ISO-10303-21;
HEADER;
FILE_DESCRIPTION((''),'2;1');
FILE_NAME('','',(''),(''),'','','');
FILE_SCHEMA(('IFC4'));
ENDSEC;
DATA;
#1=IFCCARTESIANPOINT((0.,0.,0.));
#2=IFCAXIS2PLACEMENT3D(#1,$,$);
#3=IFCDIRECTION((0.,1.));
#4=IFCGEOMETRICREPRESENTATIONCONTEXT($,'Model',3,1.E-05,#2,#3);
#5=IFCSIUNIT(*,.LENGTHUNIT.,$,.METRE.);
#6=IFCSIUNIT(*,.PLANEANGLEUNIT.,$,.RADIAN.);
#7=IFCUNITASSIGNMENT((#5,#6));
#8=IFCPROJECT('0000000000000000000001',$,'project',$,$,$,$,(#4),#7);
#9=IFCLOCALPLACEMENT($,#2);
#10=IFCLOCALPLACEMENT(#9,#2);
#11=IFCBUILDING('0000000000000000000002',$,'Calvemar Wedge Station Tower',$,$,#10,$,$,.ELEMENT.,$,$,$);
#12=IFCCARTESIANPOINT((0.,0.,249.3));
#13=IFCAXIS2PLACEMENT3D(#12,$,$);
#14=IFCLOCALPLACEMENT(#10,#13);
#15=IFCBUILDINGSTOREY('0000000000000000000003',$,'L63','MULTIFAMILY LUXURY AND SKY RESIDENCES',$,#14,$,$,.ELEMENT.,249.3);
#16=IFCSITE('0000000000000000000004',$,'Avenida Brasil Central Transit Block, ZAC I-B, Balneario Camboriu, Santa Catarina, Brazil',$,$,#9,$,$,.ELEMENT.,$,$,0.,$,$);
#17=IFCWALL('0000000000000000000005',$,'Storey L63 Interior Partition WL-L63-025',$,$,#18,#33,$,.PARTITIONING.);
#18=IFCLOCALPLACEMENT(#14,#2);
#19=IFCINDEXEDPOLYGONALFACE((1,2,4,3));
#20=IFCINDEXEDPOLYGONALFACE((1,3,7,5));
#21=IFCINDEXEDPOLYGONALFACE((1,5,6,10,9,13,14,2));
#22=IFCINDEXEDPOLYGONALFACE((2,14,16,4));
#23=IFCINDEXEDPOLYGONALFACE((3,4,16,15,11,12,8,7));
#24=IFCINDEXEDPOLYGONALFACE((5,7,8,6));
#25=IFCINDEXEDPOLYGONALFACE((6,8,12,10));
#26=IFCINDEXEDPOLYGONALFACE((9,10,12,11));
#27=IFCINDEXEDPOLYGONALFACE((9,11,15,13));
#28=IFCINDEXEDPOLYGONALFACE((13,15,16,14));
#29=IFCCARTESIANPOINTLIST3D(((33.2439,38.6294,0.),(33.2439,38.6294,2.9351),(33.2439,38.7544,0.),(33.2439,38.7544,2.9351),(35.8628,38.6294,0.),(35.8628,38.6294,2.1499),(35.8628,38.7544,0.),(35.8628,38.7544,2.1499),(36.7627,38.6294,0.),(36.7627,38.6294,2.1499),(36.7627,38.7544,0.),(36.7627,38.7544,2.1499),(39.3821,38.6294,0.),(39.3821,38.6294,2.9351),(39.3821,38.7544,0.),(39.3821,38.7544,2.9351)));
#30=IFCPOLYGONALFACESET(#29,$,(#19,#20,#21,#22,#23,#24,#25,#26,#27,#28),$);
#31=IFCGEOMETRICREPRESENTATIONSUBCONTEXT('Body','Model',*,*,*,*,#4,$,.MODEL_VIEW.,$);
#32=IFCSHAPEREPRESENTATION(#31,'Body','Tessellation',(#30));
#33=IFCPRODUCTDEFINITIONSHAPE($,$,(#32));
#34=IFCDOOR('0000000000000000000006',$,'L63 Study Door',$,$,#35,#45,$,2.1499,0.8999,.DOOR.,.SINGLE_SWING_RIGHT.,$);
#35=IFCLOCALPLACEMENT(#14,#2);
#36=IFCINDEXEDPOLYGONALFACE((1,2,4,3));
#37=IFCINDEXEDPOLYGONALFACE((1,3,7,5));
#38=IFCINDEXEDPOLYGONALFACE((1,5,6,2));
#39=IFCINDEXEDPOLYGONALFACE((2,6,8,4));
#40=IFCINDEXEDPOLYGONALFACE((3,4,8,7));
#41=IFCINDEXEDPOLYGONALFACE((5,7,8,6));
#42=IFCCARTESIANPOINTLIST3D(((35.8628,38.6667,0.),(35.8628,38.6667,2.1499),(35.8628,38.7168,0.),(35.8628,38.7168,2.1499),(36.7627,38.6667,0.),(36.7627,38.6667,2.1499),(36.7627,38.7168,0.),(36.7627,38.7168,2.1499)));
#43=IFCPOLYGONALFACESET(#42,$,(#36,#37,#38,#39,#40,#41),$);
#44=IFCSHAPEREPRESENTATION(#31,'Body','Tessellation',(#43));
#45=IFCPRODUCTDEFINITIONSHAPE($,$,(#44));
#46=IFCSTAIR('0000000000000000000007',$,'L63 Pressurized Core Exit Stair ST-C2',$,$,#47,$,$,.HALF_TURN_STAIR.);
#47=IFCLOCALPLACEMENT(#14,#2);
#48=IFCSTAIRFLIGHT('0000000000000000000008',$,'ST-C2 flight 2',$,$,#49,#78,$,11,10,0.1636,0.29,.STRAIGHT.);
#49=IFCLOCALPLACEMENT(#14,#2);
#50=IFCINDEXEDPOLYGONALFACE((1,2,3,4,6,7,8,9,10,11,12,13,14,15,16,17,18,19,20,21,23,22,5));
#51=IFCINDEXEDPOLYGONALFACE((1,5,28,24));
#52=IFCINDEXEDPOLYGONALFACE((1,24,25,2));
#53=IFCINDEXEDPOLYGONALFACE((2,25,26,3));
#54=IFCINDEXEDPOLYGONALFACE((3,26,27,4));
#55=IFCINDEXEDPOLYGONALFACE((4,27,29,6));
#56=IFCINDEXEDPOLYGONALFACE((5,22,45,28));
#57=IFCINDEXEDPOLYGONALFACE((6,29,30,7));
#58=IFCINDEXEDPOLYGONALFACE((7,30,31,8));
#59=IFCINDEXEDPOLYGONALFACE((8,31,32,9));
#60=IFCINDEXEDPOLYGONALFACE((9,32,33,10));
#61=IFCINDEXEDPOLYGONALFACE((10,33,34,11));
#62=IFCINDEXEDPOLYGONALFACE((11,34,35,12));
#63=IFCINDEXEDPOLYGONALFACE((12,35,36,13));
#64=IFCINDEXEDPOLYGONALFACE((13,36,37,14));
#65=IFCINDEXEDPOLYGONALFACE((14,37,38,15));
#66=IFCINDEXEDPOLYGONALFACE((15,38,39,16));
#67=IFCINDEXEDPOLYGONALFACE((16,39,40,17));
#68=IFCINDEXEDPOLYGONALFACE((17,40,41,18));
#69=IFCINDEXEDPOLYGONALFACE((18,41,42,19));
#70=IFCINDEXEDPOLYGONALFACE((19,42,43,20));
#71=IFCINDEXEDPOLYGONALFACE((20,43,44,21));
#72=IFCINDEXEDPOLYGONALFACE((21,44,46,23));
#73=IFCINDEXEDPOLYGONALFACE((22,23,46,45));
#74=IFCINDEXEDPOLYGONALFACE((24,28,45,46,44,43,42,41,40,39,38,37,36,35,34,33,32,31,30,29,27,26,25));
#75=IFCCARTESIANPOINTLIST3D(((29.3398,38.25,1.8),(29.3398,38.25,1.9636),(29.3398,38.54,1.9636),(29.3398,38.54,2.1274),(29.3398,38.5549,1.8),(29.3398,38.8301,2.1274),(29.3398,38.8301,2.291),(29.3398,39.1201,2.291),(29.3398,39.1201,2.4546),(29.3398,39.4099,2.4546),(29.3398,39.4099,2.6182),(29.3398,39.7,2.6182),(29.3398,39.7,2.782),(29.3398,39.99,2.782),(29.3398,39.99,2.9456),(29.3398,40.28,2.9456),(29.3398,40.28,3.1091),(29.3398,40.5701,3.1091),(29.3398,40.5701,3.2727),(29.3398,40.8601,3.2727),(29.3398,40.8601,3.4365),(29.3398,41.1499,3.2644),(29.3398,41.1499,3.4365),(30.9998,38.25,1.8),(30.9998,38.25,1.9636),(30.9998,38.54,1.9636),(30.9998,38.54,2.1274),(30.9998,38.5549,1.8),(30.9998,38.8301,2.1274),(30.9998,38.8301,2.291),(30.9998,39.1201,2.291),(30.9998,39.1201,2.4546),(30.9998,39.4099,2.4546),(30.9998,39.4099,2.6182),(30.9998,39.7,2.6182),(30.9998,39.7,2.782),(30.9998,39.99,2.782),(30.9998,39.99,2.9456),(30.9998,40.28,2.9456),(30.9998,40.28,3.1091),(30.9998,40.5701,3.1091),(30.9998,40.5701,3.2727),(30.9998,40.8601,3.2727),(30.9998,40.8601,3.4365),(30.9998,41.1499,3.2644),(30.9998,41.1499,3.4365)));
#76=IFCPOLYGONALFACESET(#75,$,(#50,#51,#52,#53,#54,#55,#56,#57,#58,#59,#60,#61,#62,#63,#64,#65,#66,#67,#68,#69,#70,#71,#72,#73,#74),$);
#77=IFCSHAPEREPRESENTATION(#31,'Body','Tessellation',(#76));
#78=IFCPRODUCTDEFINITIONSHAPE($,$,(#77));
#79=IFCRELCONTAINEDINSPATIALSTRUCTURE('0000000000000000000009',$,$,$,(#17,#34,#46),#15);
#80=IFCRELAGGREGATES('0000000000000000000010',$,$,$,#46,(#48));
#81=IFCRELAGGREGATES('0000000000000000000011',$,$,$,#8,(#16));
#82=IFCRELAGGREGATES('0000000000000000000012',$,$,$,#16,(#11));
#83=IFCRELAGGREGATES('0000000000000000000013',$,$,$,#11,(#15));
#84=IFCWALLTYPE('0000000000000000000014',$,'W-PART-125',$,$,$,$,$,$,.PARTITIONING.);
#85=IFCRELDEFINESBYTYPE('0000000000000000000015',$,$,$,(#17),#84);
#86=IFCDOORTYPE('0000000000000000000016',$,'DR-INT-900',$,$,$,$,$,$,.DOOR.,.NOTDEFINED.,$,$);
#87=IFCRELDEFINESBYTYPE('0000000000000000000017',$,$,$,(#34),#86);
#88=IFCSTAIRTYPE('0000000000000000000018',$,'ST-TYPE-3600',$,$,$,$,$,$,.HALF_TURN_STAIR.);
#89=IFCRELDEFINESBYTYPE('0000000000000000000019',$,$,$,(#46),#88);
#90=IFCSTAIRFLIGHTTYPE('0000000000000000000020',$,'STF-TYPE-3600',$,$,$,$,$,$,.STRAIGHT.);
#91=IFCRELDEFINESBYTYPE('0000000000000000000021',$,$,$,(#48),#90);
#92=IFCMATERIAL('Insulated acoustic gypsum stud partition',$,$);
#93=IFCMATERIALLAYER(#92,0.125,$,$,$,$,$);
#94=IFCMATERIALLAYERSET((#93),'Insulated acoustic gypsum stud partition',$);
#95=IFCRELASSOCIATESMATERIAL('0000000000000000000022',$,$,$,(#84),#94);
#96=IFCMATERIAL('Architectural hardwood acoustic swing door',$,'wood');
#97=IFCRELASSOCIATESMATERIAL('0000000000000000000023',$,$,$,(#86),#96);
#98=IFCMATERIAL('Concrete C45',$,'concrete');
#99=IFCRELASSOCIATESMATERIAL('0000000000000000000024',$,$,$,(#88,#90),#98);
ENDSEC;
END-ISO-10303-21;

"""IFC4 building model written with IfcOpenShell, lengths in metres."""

from ifc_helpers import new_model, si_unit, direction, frame, frame_2d, origin, place, context, subcontext, project, spatial, polyline, rectangle, outline, extrude, source, transform, mapped, material, layer, layer_set, type_object, element, fill, aggregate, save


model = new_model("IFC4")

# Units and contexts
model_context = context("Model", 3, precision=1e-05, world=origin(), true_north=direction((0.0, 1.0)))
body_context = subcontext(model_context, "Body", "Model", "MODEL_VIEW")
ifc_project = project(units=[si_unit("LENGTHUNIT", "METRE"), si_unit("PLANEANGLEUNIT", "RADIAN")], contexts=[model_context])

# Site, building, storey
site_placement = place(None, origin())
site = spatial("IfcSite", under=ifc_project, at=site_placement, Name="Avenida Brasil Central Transit Block, ZAC I-B, Balneario Camboriu, Santa Catarina, Brazil", CompositionType="ELEMENT", RefElevation=0.0)
building_placement = place(site_placement, origin())
building = spatial("IfcBuilding", under=site, at=building_placement, Name="Calvemar Wedge Station Tower", CompositionType="ELEMENT")
storey_placement = place(building_placement, frame((0.0, 0.0, 249.3)))
storey = spatial("IfcBuildingStorey", under=building, at=storey_placement, Name="L63", Description="MULTIFAMILY LUXURY AND SKY RESIDENCES", CompositionType="ELEMENT", Elevation=249.3)

# Wall, opening, door
ifc_material_1 = material(Name="Insulated acoustic gypsum stud partition")
ifc_layer_1 = layer(ifc_material_1, 0.125)
ifc_layer_set_1 = layer_set([ifc_layer_1], Name="Insulated acoustic gypsum stud partition")
wall_type_1 = type_object("IfcWallType", Name="W-PART-125", PredefinedType="PARTITIONING", material=ifc_layer_set_1)
wall_1_placement = place(storey_placement, frame((33.2439, 38.6919, 0.0), z_axis=(0.0, 0.0, 1.0), x_axis=(1.0, 0.0, 0.0)))
wall_1 = element("IfcWall", 1, at=wall_1_placement, inside=storey, type_object=wall_type_1, Name="Storey L63 Interior Partition WL-L63-025", PredefinedType="PARTITIONING", context=body_context, shape_type="SweptSolid", body=[
    extrude(rectangle(XDim=6.1382, YDim=0.125, at=frame_2d((3.0691, 0.0))), origin(), (0.0, 0.0, 1.0), 2.9351),
])
shared_shape_1 = source(origin(), body_context, "Body", "SweptSolid", [
    extrude(rectangle(XDim=0.8999, YDim=2.1499, at=frame_2d((0.45, 1.075))), frame((0.0, 0.0725, 0.0), z_axis=(0.0, -1.0, 0.0), x_axis=(1.0, 0.0, 0.0)), (0.0, 0.0, 1.0), 0.145),
])
opening_1_placement = place(wall_1_placement, frame((2.6189, 0.0, 0.0)))
opening_1 = element("IfcOpeningElement", 2, at=opening_1_placement, cuts=wall_1, PredefinedType="OPENING", context=body_context, shape_type="MappedRepresentation", body=[
    mapped(shared_shape_1, transform((0.0, 0.0, 0.0), scale=1.0)),
])
ifc_material_2 = material(Name="Architectural hardwood acoustic swing door", Category="wood")
door_type_1 = type_object("IfcDoorType", Name="DR-INT-900", OperationType="NOTDEFINED", PredefinedType="DOOR", material=ifc_material_2)
shared_shape_2 = source(origin(), body_context, "Body", "SweptSolid", [
    extrude(rectangle(XDim=0.8999, YDim=2.1499, at=frame_2d((0.45, 1.075))), frame((0.0, 0.0249, 0.0), z_axis=(0.0, -1.0, 0.0), x_axis=(1.0, 0.0, 0.0)), (0.0, 0.0, 1.0), 0.05),
])
door_1_placement = place(opening_1_placement, origin())
door_1 = element("IfcDoor", 3, at=door_1_placement, inside=storey, type_object=door_type_1, Name="L63 Study Door", OperationType="SINGLE_SWING_RIGHT", OverallHeight=2.1499, OverallWidth=0.8999, PredefinedType="DOOR", context=body_context, shape_type="MappedRepresentation", body=[
    mapped(shared_shape_2, transform((0.0, 0.0, 0.0), scale=1.0)),
])
fill(opening_1, door_1)

# Stair, stair flight
ifc_material_3 = material(Name="Concrete C45", Category="concrete")
stair_type = type_object("IfcStairType", Name="ST-TYPE-3600", PredefinedType="HALF_TURN_STAIR", material=ifc_material_3)
stair_placement = place(storey_placement, origin())
stair = element("IfcStair", 4, at=stair_placement, inside=storey, type_object=stair_type, Name="L63 Pressurized Core Exit Stair ST-C2", PredefinedType="HALF_TURN_STAIR")
stair_flight_type = type_object("IfcStairFlightType", Name="STF-TYPE-3600", PredefinedType="STRAIGHT", material=ifc_material_3)
stair_flight_placement = place(storey_placement, frame((30.1699, 38.25, 1.8), z_axis=(0.0, 0.0, 1.0), x_axis=(0.0, 1.0, 0.0)))
stair_flight = element("IfcStairFlight", 5, at=stair_flight_placement, type_object=stair_flight_type, Name="ST-C2 flight 2", NumberOfRisers=11, NumberOfTreads=10, PredefinedType="STRAIGHT", RiserHeight=0.1636, TreadLength=0.29, context=body_context, shape_type="SweptSolid", body=[
    extrude(outline(polyline([(0.0, 0.0), (0.0, 0.1636), (0.29, 0.1636), (0.29, 0.3274), (0.5801, 0.3274), (0.5801, 0.491), (0.8701, 0.491), (0.8701, 0.6545), (1.1599, 0.6545), (1.1599, 0.8181), (1.45, 0.8181), (1.45, 0.9819), (1.74, 0.9819), (1.74, 1.1455), (2.03, 1.1455), (2.03, 1.3091), (2.3201, 1.3091), (2.3201, 1.4727), (2.6101, 1.4727), (2.6101, 1.6365), (2.8999, 1.6365), (2.8999, 1.8), (2.8999, 1.4644), (0.3049, 0.0), (0.0, 0.0)])), frame((0.0, 0.8301, 0.0), z_axis=(0.0, -1.0, 0.0), x_axis=(1.0, 0.0, 0.0)), (0.0, 0.0, 1.0), 1.6599),
])
aggregate(stair, [stair_flight])

save(model, "model.ifc")
